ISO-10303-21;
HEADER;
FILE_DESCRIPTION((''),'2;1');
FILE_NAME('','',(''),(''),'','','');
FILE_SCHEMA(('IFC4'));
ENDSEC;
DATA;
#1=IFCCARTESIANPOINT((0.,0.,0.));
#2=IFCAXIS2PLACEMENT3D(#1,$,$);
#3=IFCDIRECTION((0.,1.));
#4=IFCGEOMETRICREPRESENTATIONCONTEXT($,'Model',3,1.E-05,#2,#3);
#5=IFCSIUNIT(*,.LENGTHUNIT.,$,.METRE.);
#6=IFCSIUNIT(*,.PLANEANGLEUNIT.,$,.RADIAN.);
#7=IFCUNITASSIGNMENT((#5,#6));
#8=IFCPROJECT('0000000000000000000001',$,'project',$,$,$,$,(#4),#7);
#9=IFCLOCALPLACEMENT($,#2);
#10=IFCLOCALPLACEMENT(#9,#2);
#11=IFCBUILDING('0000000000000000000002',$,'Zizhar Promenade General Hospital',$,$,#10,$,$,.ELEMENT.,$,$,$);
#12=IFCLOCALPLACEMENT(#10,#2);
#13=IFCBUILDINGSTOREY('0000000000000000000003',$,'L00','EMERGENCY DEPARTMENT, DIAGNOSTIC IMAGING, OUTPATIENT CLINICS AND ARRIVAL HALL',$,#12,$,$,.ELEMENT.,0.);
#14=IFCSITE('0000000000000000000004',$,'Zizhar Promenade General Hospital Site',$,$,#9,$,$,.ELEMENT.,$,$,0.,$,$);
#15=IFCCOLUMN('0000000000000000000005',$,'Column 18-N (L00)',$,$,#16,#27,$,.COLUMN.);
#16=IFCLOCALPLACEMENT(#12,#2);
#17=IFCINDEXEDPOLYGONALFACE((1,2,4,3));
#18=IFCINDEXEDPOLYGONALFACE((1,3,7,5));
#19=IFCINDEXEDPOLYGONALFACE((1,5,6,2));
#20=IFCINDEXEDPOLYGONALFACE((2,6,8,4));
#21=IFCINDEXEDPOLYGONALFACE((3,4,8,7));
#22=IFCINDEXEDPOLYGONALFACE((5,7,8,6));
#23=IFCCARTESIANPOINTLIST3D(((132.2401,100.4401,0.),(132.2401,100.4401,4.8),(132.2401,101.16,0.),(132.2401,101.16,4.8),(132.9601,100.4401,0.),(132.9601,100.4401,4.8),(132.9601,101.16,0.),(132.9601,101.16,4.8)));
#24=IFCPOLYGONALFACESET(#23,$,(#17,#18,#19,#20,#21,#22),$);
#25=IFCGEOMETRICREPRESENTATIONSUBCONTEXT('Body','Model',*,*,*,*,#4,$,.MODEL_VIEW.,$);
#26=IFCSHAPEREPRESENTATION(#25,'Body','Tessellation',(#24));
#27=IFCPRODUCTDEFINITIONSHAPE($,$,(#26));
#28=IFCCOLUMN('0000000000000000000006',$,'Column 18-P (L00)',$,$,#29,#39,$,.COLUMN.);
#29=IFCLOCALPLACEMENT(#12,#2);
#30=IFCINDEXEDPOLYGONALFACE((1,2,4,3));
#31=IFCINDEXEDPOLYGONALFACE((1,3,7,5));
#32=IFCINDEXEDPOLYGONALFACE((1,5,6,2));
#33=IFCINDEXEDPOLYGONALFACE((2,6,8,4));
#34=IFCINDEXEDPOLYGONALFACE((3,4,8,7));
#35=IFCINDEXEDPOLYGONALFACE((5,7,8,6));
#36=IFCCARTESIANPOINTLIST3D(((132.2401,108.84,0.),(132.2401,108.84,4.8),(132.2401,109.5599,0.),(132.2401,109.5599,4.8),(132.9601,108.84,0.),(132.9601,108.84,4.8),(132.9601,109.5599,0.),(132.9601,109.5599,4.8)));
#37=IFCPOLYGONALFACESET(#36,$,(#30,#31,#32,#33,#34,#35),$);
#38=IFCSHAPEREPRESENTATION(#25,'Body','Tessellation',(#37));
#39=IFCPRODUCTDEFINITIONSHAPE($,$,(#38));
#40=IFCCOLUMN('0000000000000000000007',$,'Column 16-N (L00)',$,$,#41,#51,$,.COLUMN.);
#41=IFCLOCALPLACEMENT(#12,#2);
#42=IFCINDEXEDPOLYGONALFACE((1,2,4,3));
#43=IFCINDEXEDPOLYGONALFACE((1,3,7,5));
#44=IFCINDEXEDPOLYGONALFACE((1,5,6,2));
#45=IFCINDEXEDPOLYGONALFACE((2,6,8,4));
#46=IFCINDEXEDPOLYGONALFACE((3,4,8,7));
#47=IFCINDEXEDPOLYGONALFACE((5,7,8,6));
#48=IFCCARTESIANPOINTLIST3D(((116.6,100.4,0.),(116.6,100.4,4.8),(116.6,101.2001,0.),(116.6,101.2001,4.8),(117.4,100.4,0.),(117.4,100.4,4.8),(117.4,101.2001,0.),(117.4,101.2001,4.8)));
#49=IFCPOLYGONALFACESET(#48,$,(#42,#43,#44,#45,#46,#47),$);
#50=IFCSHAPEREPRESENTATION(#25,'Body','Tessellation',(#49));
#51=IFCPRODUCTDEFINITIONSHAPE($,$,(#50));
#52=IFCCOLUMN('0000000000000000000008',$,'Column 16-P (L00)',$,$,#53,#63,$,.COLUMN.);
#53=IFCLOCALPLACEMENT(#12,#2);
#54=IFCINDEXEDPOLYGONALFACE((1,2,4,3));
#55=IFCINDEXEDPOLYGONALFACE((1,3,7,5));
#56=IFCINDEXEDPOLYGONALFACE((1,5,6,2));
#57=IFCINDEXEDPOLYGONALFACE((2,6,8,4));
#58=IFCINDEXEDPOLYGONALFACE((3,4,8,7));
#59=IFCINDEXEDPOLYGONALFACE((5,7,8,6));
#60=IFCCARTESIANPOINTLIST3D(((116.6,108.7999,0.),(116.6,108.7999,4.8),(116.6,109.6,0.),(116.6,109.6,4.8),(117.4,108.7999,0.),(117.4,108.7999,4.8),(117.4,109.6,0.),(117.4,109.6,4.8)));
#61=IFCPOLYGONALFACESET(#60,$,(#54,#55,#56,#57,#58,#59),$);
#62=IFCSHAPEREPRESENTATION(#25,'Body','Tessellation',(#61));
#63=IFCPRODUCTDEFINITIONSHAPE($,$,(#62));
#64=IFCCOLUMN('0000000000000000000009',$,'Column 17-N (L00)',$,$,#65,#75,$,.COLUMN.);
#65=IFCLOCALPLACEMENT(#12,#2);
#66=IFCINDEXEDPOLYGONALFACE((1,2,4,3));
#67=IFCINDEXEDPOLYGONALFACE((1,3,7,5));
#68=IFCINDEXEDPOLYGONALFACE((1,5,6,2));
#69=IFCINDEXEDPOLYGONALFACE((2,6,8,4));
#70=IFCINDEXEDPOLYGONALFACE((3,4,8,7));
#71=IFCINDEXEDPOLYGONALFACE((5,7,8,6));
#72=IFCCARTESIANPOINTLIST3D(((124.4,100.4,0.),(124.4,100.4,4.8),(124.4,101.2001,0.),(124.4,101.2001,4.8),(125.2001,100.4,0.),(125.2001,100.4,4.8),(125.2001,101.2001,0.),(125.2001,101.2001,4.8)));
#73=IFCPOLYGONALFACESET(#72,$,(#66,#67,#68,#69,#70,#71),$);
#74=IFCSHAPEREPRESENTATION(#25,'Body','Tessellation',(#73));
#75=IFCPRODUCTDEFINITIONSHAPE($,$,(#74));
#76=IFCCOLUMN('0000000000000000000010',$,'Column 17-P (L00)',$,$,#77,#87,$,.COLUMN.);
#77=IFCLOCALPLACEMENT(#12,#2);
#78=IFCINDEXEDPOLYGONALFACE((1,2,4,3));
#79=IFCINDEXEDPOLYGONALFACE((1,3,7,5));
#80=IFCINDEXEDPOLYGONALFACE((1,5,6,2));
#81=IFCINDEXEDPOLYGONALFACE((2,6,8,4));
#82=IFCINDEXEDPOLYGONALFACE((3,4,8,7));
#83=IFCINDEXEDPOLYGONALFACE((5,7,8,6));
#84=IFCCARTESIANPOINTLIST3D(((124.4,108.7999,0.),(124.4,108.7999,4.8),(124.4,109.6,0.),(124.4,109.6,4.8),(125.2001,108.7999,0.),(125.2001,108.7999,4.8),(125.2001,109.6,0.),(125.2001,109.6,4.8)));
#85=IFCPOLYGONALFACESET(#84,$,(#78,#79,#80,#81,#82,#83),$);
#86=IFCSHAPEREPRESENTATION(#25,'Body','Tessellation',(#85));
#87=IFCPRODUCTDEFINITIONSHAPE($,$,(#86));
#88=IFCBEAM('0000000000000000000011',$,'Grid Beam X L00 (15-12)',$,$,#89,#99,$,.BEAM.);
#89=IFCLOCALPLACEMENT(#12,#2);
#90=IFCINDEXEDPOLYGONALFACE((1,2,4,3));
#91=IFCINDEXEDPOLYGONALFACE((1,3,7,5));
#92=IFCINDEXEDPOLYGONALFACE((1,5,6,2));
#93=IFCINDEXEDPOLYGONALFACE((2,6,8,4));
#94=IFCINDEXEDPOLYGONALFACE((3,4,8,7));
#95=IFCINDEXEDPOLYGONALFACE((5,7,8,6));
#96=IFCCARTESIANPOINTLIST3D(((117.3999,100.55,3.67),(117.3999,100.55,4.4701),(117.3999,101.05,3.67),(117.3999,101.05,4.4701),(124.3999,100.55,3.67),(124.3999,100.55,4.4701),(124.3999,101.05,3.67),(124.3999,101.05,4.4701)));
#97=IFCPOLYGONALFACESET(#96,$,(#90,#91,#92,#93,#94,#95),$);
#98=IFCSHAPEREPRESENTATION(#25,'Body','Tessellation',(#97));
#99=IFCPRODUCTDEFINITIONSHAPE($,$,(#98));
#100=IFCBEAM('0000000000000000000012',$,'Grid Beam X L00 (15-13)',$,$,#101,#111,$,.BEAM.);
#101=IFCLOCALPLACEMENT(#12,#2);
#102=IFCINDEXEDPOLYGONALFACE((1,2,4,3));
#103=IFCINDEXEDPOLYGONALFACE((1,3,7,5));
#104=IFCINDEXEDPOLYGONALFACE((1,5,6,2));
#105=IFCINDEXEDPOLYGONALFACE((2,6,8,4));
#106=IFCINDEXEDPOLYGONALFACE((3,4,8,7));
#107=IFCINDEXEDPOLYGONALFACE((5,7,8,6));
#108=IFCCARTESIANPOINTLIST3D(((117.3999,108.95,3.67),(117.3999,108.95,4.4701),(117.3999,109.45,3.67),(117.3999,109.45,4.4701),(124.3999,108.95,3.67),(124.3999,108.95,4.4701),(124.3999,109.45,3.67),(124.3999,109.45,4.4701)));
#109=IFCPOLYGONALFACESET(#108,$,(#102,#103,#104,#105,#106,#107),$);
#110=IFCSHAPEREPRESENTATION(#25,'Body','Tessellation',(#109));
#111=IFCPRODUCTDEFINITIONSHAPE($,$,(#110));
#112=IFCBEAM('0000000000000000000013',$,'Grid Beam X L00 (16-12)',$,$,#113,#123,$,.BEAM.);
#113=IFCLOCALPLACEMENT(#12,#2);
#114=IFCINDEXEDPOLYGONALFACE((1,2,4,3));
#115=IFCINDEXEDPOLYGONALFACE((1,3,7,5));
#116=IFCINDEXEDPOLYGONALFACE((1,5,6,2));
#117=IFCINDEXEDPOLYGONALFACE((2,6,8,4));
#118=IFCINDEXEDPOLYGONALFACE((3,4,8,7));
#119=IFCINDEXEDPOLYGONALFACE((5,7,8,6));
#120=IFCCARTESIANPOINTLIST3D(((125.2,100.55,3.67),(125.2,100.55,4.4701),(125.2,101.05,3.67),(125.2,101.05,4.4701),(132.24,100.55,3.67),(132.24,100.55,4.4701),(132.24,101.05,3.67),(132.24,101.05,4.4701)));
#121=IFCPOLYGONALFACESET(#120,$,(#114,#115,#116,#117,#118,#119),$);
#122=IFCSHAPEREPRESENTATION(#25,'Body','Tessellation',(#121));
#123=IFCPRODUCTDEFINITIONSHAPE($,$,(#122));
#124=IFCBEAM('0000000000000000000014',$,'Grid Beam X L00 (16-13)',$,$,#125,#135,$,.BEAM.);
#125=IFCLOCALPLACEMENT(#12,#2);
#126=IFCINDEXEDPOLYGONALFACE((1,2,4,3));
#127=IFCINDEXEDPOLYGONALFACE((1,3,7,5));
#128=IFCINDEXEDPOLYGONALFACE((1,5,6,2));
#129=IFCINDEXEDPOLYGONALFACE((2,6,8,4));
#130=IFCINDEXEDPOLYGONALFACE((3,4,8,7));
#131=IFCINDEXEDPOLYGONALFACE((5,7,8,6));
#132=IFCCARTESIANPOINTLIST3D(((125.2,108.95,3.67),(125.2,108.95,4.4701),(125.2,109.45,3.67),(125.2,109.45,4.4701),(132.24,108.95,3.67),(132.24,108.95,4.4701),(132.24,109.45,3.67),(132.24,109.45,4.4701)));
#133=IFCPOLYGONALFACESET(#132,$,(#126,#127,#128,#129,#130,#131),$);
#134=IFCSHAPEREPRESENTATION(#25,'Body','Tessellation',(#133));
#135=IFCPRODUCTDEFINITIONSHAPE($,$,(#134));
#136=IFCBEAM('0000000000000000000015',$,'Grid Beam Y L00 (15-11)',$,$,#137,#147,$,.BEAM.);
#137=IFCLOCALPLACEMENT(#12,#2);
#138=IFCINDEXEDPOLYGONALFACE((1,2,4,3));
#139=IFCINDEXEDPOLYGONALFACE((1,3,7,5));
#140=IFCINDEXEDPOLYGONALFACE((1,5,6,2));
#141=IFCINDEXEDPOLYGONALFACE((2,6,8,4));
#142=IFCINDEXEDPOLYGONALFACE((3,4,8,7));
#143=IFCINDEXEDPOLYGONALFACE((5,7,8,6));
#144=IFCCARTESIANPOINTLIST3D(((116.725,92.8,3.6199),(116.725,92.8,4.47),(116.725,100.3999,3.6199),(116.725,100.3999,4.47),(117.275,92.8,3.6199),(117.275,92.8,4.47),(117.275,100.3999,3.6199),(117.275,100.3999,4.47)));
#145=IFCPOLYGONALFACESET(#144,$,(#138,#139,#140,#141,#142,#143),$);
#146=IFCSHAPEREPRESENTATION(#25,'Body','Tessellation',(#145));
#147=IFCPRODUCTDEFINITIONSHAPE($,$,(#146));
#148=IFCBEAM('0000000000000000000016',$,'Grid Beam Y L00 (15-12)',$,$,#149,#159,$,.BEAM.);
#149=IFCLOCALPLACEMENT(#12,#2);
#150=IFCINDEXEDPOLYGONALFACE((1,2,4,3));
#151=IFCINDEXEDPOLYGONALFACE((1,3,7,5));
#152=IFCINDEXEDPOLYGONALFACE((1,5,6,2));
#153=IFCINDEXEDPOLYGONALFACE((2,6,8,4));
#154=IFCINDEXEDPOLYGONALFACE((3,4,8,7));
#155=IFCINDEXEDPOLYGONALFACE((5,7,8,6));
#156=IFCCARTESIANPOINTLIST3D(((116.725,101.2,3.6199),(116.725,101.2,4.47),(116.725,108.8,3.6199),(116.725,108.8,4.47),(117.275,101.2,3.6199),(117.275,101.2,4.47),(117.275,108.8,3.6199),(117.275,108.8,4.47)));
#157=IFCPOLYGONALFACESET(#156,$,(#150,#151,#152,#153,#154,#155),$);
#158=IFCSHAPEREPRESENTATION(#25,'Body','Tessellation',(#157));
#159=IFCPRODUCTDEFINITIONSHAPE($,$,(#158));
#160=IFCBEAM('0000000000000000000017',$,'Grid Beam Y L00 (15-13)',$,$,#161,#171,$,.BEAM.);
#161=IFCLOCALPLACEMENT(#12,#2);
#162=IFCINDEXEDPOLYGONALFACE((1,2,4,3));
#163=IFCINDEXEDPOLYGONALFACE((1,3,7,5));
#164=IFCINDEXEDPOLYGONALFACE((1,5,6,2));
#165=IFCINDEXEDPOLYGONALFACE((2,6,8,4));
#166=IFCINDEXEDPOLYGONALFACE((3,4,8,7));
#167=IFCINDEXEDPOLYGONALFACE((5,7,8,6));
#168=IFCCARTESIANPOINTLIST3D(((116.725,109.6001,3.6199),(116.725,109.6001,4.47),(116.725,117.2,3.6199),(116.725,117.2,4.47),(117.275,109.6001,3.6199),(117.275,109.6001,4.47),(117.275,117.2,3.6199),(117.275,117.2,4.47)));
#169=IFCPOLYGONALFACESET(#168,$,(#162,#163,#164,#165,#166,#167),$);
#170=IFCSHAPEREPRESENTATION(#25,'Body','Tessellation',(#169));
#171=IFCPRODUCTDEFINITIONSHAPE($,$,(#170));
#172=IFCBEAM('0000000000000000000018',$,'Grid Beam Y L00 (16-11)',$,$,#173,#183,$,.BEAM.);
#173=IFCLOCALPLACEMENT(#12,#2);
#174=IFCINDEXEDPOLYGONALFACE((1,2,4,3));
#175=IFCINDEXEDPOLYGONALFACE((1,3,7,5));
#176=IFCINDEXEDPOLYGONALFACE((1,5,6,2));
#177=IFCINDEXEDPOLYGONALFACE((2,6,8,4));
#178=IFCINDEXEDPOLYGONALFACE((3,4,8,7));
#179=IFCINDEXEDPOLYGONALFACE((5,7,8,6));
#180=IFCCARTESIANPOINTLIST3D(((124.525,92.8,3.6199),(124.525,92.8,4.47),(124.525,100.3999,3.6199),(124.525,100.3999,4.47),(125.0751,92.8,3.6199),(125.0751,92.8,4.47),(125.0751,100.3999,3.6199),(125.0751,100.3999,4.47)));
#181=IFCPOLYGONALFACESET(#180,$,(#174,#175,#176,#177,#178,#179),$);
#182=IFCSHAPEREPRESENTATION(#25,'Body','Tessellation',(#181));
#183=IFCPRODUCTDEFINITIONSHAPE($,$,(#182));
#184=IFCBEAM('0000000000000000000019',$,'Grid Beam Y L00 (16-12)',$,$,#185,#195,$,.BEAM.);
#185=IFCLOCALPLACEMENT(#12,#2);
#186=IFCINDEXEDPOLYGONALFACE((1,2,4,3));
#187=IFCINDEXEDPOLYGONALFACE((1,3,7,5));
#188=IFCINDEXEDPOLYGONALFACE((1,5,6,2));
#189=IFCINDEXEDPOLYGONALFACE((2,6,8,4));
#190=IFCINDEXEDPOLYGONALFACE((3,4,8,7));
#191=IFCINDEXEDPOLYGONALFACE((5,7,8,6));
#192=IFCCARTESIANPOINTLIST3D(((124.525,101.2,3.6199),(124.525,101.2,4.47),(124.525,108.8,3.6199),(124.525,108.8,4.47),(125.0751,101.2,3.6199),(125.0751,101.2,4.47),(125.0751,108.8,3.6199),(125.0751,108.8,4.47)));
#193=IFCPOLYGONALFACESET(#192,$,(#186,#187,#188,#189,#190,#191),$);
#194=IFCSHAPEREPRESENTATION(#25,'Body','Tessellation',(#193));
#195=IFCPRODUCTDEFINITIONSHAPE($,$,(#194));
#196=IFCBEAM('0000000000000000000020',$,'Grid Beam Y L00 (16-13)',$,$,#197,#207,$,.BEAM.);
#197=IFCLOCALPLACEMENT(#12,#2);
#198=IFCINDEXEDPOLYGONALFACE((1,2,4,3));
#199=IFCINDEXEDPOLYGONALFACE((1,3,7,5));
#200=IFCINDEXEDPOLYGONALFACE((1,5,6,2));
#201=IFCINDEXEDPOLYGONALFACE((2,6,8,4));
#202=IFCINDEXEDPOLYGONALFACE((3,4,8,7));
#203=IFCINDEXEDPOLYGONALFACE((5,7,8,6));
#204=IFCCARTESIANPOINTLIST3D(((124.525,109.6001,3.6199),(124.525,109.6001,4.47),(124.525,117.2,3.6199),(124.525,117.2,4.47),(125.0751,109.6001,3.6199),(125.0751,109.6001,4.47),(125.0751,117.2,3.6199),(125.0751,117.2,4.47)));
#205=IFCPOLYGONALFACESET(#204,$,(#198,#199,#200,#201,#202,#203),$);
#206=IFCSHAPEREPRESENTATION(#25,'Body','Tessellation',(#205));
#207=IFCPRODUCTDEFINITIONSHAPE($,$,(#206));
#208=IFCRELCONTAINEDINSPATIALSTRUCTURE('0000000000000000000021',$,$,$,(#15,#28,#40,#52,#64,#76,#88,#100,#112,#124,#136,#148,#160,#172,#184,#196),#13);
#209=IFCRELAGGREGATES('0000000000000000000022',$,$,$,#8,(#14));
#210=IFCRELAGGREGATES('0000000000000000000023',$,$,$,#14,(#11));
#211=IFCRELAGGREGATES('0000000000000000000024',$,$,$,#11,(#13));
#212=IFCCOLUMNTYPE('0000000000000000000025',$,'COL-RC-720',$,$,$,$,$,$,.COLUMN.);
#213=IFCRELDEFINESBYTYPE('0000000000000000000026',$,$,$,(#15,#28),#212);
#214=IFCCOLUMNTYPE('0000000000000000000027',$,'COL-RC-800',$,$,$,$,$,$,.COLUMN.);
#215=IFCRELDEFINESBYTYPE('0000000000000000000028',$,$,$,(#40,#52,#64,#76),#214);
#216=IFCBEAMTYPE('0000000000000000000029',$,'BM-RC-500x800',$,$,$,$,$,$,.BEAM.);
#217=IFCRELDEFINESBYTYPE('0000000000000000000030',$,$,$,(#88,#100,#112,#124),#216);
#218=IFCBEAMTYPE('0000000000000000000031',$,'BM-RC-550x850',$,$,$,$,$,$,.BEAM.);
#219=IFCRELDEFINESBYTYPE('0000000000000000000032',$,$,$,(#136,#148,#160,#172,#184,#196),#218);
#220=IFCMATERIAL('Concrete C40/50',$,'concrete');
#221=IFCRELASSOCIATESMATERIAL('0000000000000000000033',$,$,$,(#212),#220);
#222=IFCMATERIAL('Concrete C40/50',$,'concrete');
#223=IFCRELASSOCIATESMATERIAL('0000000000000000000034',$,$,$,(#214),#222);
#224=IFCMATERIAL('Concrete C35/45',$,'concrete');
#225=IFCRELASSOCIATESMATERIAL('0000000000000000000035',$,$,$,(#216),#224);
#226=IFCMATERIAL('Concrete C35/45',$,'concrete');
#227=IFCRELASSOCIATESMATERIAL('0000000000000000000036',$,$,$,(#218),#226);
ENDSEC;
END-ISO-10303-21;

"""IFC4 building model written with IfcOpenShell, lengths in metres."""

from ifc_helpers import new_model, si_unit, direction, frame, origin, origin_2d, place, context, subcontext, project, spatial, rectangle, extrude, material, material_profile, profile_set, type_object, element, save


model = new_model("IFC4")

# Units and contexts
model_context = context("Model", 3, precision=1e-05, world=origin(), true_north=direction((0.0, 1.0)))
body_context = subcontext(model_context, "Body", "Model", "MODEL_VIEW")
ifc_project = project(units=[si_unit("LENGTHUNIT", "METRE"), si_unit("PLANEANGLEUNIT", "RADIAN")], contexts=[model_context])

# Site, building, storey
site_placement = place(None, origin())
site = spatial("IfcSite", under=ifc_project, at=site_placement, Name="Zizhar Promenade General Hospital Site", CompositionType="ELEMENT", RefElevation=0.0)
building_placement = place(site_placement, origin())
building = spatial("IfcBuilding", under=site, at=building_placement, Name="Zizhar Promenade General Hospital", CompositionType="ELEMENT")
storey_placement = place(building_placement, origin())
storey = spatial("IfcBuildingStorey", under=building, at=storey_placement, Name="L00", Description="EMERGENCY DEPARTMENT, DIAGNOSTIC IMAGING, OUTPATIENT CLINICS AND ARRIVAL HALL", CompositionType="ELEMENT", Elevation=0.0)

# Columns
ifc_material_1 = material(Name="Concrete C40/50", Category="concrete")
ifc_material_profile_1 = material_profile(ifc_material_1, rectangle(XDim=0.72, YDim=0.72, at=origin_2d()))
ifc_profile_set_1 = profile_set([ifc_material_profile_1], Name="Concrete C40/50")
column_type_1 = type_object("IfcColumnType", Name="COL-RC-720", PredefinedType="COLUMN", material=ifc_profile_set_1)
for number, where, z_axis, x_axis, name in (
    (1, (132.6001, 100.8, 0.0), (0.0, 0.0, 1.0), (1.0, 0.0, 0.0), "Column 18-N (L00)"),
    (2, (132.6001, 109.2, 0.0), (0.0, 0.0, 1.0), (1.0, 0.0, 0.0), "Column 18-P (L00)"),
):
    element("IfcColumn", number, at=place(storey_placement, frame(where, z_axis=z_axis, x_axis=x_axis)), inside=storey, type_object=column_type_1, Name=name, PredefinedType="COLUMN", context=body_context, shape_type="SweptSolid", body=[
        extrude(rectangle(XDim=0.72, YDim=0.72, at=origin_2d()), origin(), (0.0, 0.0, 1.0), 4.8),
    ])
ifc_material_2 = material(Name="Concrete C40/50", Category="concrete")
ifc_material_profile_2 = material_profile(ifc_material_2, rectangle(XDim=0.8, YDim=0.8, at=origin_2d()))
ifc_profile_set_2 = profile_set([ifc_material_profile_2], Name="Concrete C40/50")
column_type_2 = type_object("IfcColumnType", Name="COL-RC-800", PredefinedType="COLUMN", material=ifc_profile_set_2)
for number, where, z_axis, x_axis, name in (
    (3, (117.0, 100.8, 0.0), (0.0, 0.0, 1.0), (1.0, 0.0, 0.0), "Column 16-N (L00)"),
    (4, (117.0, 109.2, 0.0), (0.0, 0.0, 1.0), (1.0, 0.0, 0.0), "Column 16-P (L00)"),
    (5, (124.8, 100.8, 0.0), (0.0, 0.0, 1.0), (1.0, 0.0, 0.0), "Column 17-N (L00)"),
    (6, (124.8, 109.2, 0.0), (0.0, 0.0, 1.0), (1.0, 0.0, 0.0), "Column 17-P (L00)"),
):
    element("IfcColumn", number, at=place(storey_placement, frame(where, z_axis=z_axis, x_axis=x_axis)), inside=storey, type_object=column_type_2, Name=name, PredefinedType="COLUMN", context=body_context, shape_type="SweptSolid", body=[
        extrude(rectangle(XDim=0.8, YDim=0.8, at=origin_2d()), origin(), (0.0, 0.0, 1.0), 4.8),
    ])

# Beams
ifc_material_3 = material(Name="Concrete C35/45", Category="concrete")
ifc_material_profile_3 = material_profile(ifc_material_3, rectangle(XDim=0.5, YDim=0.8, at=origin_2d()))
ifc_profile_set_3 = profile_set([ifc_material_profile_3], Name="Concrete C35/45")
beam_type_1 = type_object("IfcBeamType", Name="BM-RC-500x800", PredefinedType="BEAM", material=ifc_profile_set_3)
for number, where, z_axis, x_axis, name in (
    (7, (117.3999, 100.8, 4.0701), (1.0, 0.0, 0.0), (0.0, 1.0, 0.0), "Grid Beam X L00 (15-12)"),
    (8, (117.3999, 109.2, 4.0701), (1.0, 0.0, 0.0), (0.0, 1.0, 0.0), "Grid Beam X L00 (15-13)"),
):
    element("IfcBeam", number, at=place(storey_placement, frame(where, z_axis=z_axis, x_axis=x_axis)), inside=storey, type_object=beam_type_1, Name=name, PredefinedType="BEAM", context=body_context, shape_type="SweptSolid", body=[
        extrude(rectangle(XDim=0.5, YDim=0.8, at=origin_2d()), origin(), (0.0, 0.0, 1.0), 7.0),
    ])
for number, where, z_axis, x_axis, name in (
    (9, (125.2, 100.8, 4.0701), (1.0, 0.0, 0.0), (0.0, 1.0, 0.0), "Grid Beam X L00 (16-12)"),
    (10, (125.2, 109.2, 4.0701), (1.0, 0.0, 0.0), (0.0, 1.0, 0.0), "Grid Beam X L00 (16-13)"),
):
    element("IfcBeam", number, at=place(storey_placement, frame(where, z_axis=z_axis, x_axis=x_axis)), inside=storey, type_object=beam_type_1, Name=name, PredefinedType="BEAM", context=body_context, shape_type="SweptSolid", body=[
        extrude(rectangle(XDim=0.5, YDim=0.8, at=origin_2d()), origin(), (0.0, 0.0, 1.0), 7.04),
    ])
ifc_material_4 = material(Name="Concrete C35/45", Category="concrete")
ifc_material_profile_4 = material_profile(ifc_material_4, rectangle(XDim=0.55, YDim=0.8501, at=origin_2d()))
ifc_profile_set_4 = profile_set([ifc_material_profile_4], Name="Concrete C35/45")
beam_type_2 = type_object("IfcBeamType", Name="BM-RC-550x850", PredefinedType="BEAM", material=ifc_profile_set_4)
beam_1_placement = place(storey_placement, frame((117.0, 92.8, 4.0449), z_axis=(0.0, 1.0, 0.0), x_axis=(-1.0, 0.0, 0.0)))
element("IfcBeam", 11, at=beam_1_placement, inside=storey, type_object=beam_type_2, Name="Grid Beam Y L00 (15-11)", PredefinedType="BEAM", context=body_context, shape_type="SweptSolid", body=[
    extrude(rectangle(XDim=0.55, YDim=0.8501, at=origin_2d()), origin(), (0.0, 0.0, 1.0), 7.5999),
])
beam_2_placement = place(storey_placement, frame((117.0, 101.2, 4.0449), z_axis=(0.0, 1.0, 0.0), x_axis=(-1.0, 0.0, 0.0)))
element("IfcBeam", 12, at=beam_2_placement, inside=storey, type_object=beam_type_2, Name="Grid Beam Y L00 (15-12)", PredefinedType="BEAM", context=body_context, shape_type="SweptSolid", body=[
    extrude(rectangle(XDim=0.55, YDim=0.8501, at=origin_2d()), origin(), (0.0, 0.0, 1.0), 7.6001),
])
for number, where, z_axis, x_axis, name in (
    (13, (117.0, 109.6001, 4.0449), (0.0, 1.0, 0.0), (-1.0, 0.0, 0.0), "Grid Beam Y L00 (15-13)"),
    (14, (124.8, 92.8, 4.0449), (0.0, 1.0, 0.0), (-1.0, 0.0, 0.0), "Grid Beam Y L00 (16-11)"),
):
    element("IfcBeam", number, at=place(storey_placement, frame(where, z_axis=z_axis, x_axis=x_axis)), inside=storey, type_object=beam_type_2, Name=name, PredefinedType="BEAM", context=body_context, shape_type="SweptSolid", body=[
        extrude(rectangle(XDim=0.55, YDim=0.8501, at=origin_2d()), origin(), (0.0, 0.0, 1.0), 7.5999),
    ])
beam_3_placement = place(storey_placement, frame((124.8, 101.2, 4.0449), z_axis=(0.0, 1.0, 0.0), x_axis=(-1.0, 0.0, 0.0)))
element("IfcBeam", 15, at=beam_3_placement, inside=storey, type_object=beam_type_2, Name="Grid Beam Y L00 (16-12)", PredefinedType="BEAM", context=body_context, shape_type="SweptSolid", body=[
    extrude(rectangle(XDim=0.55, YDim=0.8501, at=origin_2d()), origin(), (0.0, 0.0, 1.0), 7.6001),
])
beam_4_placement = place(storey_placement, frame((124.8, 109.6001, 4.0449), z_axis=(0.0, 1.0, 0.0), x_axis=(-1.0, 0.0, 0.0)))
element("IfcBeam", 16, at=beam_4_placement, inside=storey, type_object=beam_type_2, Name="Grid Beam Y L00 (16-13)", PredefinedType="BEAM", context=body_context, shape_type="SweptSolid", body=[
    extrude(rectangle(XDim=0.55, YDim=0.8501, at=origin_2d()), origin(), (0.0, 0.0, 1.0), 7.5999),
])

save(model, "model.ifc")
